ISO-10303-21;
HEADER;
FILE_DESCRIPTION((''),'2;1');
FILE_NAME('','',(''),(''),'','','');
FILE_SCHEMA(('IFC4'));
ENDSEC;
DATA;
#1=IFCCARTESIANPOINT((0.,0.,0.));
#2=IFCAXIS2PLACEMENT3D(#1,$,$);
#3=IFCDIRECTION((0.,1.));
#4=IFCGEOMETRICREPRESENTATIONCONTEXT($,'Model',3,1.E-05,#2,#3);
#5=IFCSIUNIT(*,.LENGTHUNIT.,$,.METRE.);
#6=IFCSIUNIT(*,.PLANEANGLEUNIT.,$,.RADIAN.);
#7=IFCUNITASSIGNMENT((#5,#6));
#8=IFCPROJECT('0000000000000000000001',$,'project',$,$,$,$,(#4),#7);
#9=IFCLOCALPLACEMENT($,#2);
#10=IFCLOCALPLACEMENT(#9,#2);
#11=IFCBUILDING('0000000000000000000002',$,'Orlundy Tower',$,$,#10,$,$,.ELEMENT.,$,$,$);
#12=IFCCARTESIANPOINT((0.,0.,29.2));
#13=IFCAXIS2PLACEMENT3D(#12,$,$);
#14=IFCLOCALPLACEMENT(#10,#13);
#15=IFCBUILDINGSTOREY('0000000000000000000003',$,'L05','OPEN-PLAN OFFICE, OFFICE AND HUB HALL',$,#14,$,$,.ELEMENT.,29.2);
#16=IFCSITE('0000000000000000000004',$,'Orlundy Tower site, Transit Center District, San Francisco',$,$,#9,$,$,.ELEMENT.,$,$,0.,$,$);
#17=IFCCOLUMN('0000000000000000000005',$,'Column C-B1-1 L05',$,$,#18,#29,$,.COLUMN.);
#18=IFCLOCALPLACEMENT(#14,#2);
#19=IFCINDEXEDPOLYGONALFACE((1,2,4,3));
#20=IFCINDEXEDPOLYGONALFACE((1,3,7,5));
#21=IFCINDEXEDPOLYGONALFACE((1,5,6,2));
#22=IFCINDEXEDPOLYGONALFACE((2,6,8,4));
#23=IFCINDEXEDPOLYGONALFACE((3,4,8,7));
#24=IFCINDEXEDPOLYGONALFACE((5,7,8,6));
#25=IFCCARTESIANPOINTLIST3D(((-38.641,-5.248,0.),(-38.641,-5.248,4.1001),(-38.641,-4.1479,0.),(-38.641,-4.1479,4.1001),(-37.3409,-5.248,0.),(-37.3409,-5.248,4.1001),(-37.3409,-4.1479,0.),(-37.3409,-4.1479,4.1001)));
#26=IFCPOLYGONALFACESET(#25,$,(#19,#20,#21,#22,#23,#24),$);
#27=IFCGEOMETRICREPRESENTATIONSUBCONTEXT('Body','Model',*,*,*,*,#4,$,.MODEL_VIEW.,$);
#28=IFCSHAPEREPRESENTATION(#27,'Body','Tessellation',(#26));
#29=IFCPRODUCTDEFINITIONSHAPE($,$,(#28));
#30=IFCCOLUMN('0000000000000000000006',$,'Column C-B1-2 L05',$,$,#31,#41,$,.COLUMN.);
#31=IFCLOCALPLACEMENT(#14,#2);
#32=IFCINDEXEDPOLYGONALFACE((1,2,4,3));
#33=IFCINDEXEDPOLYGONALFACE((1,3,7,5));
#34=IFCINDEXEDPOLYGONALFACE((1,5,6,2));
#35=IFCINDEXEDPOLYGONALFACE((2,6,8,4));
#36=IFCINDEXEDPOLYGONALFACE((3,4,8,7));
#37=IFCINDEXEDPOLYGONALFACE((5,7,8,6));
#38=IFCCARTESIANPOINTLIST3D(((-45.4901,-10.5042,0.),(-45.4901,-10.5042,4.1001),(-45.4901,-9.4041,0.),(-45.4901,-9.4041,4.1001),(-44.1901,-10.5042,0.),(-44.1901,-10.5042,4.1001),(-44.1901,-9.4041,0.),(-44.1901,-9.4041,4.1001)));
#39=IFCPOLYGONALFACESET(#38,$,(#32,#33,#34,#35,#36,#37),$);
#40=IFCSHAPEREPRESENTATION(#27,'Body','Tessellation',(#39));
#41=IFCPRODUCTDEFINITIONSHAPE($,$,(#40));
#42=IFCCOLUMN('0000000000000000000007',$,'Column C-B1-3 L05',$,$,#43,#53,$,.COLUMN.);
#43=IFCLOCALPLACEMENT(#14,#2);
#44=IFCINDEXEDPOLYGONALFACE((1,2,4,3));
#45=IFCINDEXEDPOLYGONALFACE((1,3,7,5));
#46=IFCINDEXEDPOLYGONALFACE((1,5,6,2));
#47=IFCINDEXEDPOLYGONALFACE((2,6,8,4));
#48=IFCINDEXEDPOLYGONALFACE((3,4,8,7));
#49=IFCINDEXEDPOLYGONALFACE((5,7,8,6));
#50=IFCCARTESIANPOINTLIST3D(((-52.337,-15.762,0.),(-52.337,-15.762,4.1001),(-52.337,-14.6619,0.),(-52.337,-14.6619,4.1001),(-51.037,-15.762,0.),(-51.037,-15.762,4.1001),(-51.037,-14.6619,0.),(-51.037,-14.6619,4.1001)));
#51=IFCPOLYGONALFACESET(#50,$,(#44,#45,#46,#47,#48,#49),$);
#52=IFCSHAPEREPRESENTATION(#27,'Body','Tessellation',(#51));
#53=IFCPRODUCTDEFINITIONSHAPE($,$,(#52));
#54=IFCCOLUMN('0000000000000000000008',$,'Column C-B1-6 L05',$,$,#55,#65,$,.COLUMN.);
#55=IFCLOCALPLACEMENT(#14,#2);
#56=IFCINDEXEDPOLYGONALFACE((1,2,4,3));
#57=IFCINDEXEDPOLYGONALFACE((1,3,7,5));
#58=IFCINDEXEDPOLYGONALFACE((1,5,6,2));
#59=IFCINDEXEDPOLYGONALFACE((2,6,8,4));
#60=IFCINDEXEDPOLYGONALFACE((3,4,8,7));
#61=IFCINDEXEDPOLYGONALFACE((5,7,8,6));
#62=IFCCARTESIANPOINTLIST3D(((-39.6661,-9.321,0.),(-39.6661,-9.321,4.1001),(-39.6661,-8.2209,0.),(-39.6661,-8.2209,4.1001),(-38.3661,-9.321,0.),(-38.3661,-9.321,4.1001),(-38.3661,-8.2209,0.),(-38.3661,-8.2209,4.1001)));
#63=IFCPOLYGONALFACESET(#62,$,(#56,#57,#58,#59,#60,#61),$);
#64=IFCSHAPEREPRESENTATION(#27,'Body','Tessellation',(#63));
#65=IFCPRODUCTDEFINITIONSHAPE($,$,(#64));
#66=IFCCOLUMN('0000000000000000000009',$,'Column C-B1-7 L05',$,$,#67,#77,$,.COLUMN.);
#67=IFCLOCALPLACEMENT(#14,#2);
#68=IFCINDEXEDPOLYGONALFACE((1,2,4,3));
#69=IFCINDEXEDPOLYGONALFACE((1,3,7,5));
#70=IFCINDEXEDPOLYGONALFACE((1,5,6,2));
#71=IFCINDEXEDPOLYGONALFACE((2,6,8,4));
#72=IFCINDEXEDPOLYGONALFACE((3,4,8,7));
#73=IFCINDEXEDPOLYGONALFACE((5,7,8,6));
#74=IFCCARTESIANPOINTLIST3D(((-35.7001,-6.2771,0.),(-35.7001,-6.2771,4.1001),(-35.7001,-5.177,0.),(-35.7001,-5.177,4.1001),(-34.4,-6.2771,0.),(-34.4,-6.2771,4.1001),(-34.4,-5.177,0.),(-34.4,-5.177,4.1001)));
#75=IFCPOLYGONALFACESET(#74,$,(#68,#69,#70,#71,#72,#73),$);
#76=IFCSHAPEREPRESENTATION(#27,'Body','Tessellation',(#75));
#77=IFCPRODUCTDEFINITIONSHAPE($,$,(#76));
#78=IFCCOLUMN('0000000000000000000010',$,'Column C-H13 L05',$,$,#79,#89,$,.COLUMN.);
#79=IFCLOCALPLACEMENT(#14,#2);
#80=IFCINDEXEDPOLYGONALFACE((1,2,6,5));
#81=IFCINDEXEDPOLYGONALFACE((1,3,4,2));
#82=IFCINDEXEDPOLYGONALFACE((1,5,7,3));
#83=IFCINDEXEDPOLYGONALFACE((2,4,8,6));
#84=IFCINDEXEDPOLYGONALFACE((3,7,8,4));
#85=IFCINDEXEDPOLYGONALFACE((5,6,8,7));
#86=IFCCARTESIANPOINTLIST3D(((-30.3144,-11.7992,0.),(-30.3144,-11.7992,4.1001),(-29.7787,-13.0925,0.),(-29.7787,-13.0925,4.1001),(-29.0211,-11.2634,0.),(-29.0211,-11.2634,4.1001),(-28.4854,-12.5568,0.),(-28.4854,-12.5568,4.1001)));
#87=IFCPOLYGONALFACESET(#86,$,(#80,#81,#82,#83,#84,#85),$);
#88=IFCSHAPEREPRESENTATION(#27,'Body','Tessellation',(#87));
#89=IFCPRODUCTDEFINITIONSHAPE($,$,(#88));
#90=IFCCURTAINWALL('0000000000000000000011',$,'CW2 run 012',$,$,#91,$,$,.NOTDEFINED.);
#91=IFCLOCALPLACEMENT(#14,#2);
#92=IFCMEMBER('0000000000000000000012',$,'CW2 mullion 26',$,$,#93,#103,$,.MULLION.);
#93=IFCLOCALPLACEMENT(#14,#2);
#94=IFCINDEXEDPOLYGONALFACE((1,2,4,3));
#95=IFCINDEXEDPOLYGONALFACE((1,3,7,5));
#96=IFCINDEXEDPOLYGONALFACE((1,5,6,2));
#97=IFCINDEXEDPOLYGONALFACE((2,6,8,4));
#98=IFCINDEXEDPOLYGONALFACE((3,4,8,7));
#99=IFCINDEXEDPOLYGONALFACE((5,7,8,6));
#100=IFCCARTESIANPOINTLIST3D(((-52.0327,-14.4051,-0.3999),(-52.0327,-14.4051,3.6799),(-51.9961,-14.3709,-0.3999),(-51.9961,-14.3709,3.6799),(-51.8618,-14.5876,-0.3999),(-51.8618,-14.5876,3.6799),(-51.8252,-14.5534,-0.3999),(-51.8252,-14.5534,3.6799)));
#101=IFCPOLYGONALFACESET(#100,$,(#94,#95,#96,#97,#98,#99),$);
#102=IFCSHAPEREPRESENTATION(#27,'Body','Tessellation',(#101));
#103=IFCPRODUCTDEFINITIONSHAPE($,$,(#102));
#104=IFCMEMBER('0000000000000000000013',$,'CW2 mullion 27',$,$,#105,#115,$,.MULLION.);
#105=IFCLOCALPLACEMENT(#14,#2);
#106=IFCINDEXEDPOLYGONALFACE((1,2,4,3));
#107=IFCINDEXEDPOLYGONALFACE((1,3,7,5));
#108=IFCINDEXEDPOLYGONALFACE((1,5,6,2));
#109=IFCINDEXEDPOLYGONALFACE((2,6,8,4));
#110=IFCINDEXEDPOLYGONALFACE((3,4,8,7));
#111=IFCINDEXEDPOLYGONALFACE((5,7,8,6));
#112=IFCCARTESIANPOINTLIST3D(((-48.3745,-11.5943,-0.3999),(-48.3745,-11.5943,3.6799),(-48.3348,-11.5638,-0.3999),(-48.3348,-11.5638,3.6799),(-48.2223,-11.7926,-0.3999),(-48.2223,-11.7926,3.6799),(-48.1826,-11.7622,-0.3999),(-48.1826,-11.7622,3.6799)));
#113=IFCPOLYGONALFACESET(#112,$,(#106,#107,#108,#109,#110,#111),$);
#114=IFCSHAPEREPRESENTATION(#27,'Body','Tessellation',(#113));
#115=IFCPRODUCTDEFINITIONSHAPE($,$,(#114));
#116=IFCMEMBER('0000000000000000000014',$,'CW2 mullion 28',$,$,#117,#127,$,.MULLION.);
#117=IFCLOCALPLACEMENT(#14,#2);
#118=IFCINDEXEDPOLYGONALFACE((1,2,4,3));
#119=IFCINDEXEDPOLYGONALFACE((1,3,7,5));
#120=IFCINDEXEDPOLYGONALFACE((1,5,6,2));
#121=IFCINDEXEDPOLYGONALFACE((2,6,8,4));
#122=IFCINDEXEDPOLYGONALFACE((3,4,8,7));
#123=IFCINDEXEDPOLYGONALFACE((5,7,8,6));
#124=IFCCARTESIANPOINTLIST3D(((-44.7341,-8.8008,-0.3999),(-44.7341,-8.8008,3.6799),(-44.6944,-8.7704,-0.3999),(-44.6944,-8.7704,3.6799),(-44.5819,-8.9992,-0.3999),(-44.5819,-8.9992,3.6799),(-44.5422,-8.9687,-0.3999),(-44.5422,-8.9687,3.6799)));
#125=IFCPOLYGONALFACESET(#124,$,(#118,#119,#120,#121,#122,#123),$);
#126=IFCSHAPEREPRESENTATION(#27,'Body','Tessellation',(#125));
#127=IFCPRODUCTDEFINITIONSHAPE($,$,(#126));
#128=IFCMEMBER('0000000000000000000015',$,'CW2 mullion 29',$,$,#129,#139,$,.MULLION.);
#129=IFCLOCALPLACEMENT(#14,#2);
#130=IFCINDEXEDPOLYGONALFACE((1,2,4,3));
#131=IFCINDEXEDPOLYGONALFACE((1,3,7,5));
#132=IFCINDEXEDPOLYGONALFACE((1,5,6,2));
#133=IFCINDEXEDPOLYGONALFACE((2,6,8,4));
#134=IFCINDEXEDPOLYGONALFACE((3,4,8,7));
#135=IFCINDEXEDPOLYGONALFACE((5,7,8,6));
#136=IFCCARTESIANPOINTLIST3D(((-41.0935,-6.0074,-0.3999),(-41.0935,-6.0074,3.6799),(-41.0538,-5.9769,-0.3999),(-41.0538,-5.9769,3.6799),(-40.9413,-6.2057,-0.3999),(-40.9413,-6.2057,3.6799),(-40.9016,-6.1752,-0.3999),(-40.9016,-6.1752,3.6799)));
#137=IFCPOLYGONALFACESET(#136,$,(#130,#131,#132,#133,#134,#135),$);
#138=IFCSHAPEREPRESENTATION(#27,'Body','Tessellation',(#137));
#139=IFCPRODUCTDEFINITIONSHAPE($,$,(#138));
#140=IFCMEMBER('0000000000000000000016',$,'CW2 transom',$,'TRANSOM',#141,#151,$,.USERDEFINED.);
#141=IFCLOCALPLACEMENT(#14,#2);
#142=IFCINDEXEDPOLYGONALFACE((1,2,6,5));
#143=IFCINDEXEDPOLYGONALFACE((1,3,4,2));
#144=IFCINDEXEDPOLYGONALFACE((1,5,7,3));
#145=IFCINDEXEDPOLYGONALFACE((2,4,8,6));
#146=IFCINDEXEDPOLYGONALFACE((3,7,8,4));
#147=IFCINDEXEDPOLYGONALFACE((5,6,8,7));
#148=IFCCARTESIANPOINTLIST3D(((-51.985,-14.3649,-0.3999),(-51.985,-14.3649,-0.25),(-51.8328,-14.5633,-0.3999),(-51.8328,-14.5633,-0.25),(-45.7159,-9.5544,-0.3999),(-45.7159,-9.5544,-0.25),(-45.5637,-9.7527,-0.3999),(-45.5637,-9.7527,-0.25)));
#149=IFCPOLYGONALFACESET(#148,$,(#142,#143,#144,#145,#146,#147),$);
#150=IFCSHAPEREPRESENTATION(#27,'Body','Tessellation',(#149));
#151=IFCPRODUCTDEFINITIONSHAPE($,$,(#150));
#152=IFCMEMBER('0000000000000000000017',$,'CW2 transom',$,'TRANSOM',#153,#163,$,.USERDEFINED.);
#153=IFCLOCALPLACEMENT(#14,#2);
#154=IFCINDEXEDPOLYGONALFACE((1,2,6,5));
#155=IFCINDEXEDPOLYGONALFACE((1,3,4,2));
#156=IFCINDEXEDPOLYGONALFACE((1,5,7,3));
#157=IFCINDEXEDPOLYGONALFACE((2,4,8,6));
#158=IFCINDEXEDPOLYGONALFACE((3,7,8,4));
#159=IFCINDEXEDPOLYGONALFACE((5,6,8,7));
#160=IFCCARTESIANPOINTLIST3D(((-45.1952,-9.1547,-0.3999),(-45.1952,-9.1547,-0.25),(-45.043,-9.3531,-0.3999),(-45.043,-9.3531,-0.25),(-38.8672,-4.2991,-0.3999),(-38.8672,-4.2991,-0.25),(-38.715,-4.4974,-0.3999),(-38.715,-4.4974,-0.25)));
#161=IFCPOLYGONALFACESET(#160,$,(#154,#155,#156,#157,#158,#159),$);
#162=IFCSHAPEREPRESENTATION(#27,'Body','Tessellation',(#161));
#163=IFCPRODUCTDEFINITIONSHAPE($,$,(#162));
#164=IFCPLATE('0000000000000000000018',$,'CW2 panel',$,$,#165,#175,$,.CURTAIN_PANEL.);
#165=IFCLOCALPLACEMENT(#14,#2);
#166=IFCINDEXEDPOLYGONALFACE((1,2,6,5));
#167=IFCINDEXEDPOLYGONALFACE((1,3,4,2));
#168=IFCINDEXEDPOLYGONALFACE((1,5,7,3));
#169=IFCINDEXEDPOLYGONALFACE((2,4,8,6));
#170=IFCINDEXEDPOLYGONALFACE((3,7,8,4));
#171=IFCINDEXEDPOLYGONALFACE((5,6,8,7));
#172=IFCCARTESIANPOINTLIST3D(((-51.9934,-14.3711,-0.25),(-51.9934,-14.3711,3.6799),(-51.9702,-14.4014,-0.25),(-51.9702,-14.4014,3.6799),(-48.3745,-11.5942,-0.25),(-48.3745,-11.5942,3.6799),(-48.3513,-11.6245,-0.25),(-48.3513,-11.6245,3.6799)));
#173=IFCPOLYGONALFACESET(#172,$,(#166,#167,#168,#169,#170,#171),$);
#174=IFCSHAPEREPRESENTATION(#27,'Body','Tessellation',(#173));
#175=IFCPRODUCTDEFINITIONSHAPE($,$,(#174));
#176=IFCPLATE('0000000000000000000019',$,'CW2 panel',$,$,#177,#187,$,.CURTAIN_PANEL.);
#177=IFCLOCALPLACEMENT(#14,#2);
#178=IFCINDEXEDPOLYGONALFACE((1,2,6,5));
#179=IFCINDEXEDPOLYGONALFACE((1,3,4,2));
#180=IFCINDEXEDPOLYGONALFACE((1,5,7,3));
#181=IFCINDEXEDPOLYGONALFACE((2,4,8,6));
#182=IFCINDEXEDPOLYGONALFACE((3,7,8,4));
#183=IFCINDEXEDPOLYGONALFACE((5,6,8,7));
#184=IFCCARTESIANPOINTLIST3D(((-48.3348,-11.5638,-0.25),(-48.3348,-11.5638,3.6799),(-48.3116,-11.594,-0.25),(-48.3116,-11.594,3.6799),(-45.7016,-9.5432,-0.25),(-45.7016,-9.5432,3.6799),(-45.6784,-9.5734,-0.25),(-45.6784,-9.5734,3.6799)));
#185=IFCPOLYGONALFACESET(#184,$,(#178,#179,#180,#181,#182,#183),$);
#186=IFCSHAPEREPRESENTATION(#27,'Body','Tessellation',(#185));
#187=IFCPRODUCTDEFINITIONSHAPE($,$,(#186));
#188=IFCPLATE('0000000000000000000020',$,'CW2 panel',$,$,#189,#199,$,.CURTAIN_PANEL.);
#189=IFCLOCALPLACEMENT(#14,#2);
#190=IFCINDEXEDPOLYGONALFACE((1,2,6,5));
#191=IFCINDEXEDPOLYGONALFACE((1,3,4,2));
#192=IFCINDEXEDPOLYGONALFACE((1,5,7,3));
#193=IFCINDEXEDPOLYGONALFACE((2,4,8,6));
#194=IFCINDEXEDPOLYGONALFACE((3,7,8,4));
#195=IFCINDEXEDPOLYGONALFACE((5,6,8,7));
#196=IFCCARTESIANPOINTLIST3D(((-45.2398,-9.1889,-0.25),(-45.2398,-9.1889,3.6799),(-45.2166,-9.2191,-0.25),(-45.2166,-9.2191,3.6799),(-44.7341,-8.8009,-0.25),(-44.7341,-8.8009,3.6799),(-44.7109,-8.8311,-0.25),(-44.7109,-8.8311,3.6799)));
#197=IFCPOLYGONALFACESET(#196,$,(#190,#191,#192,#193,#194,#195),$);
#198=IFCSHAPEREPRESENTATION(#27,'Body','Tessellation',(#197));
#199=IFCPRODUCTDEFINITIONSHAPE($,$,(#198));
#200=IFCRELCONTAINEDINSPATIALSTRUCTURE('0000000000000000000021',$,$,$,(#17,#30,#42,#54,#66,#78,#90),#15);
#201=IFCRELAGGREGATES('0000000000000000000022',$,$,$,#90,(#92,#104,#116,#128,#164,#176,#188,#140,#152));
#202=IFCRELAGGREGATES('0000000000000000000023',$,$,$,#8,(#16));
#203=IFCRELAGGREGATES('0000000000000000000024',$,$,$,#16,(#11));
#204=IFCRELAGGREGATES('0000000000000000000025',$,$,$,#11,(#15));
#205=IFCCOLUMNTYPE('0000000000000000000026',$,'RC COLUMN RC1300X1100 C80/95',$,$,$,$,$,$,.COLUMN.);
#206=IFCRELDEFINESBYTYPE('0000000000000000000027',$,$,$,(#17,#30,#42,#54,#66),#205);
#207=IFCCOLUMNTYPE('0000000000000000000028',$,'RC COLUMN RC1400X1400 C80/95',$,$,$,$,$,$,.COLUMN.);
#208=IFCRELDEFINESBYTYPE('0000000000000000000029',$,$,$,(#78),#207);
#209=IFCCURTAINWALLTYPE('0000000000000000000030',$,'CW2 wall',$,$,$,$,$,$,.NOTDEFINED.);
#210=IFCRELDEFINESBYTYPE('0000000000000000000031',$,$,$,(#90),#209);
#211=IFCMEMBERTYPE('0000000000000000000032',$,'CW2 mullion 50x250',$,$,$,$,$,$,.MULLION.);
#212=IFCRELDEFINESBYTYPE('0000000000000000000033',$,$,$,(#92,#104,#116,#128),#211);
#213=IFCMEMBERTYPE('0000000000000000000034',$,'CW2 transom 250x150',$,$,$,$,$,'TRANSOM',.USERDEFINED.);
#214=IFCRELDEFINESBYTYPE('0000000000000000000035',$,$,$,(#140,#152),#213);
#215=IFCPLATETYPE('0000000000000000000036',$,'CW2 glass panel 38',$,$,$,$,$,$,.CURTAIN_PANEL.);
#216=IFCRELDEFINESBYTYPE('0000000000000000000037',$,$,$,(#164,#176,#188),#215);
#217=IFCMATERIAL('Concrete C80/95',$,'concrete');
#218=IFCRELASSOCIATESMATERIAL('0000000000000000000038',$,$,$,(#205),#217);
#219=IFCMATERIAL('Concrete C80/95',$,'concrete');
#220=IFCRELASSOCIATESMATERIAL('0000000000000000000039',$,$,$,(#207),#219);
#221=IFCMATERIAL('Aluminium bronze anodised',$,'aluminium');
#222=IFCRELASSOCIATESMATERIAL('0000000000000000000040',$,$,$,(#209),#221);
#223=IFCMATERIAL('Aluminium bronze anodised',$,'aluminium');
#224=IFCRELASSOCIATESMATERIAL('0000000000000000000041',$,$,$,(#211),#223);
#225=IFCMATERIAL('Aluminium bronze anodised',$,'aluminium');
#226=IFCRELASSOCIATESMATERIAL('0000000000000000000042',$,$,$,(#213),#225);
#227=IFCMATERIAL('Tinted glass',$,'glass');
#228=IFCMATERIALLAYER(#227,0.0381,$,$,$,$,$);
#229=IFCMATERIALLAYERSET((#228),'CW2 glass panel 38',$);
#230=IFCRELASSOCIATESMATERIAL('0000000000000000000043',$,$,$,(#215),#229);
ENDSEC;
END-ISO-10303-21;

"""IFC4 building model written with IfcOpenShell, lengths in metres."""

from ifc_helpers import new_model, si_unit, direction, frame, origin, origin_2d, place, context, subcontext, project, spatial, rectangle, extrude, material, layer, layer_set, material_profile, profile_set, type_object, element, aggregate, save


model = new_model("IFC4")

# Units and contexts
model_context = context("Model", 3, precision=1e-05, world=origin(), true_north=direction((0.0, 1.0)))
body_context = subcontext(model_context, "Body", "Model", "MODEL_VIEW")
ifc_project = project(units=[si_unit("LENGTHUNIT", "METRE"), si_unit("PLANEANGLEUNIT", "RADIAN")], contexts=[model_context])

# Site, building, storey
site_placement = place(None, origin())
site = spatial("IfcSite", under=ifc_project, at=site_placement, Name="Orlundy Tower site, Transit Center District, San Francisco", CompositionType="ELEMENT", RefElevation=0.0)
building_placement = place(site_placement, origin())
building = spatial("IfcBuilding", under=site, at=building_placement, Name="Orlundy Tower", CompositionType="ELEMENT")
storey_placement = place(building_placement, frame((0.0, 0.0, 29.2)))
storey = spatial("IfcBuildingStorey", under=building, at=storey_placement, Name="L05", Description="OPEN-PLAN OFFICE, OFFICE AND HUB HALL", CompositionType="ELEMENT", Elevation=29.2)

# Columns
ifc_material_1 = material(Name="Concrete C80/95", Category="concrete")
ifc_material_profile_1 = material_profile(ifc_material_1, rectangle(XDim=1.3, YDim=1.1001, at=origin_2d()), Name="RC1300X1100")
ifc_profile_set_1 = profile_set([ifc_material_profile_1], Name="Concrete C80/95")
column_type_1 = type_object("IfcColumnType", Name="RC COLUMN RC1300X1100 C80/95", PredefinedType="COLUMN", material=ifc_profile_set_1)
for number, where, z_axis, x_axis, name in (
    (1, (-37.991, -4.698, 0.0), (0.0, 0.0, 1.0), (1.0, 0.0, 0.0), "Column C-B1-1 L05"),
    (2, (-44.8401, -9.9541, 0.0), (0.0, 0.0, 1.0), (1.0, 0.0, 0.0), "Column C-B1-2 L05"),
    (3, (-51.687, -15.2119, 0.0), (0.0, 0.0, 1.0), (1.0, 0.0, 0.0), "Column C-B1-3 L05"),
    (4, (-39.0161, -8.771, 0.0), (0.0, 0.0, 1.0), (1.0, 0.0, 0.0), "Column C-B1-6 L05"),
    (5, (-35.05, -5.7271, 0.0), (0.0, 0.0, 1.0), (1.0, 0.0, 0.0), "Column C-B1-7 L05"),
):
    element("IfcColumn", number, at=place(storey_placement, frame(where, z_axis=z_axis, x_axis=x_axis)), inside=storey, type_object=column_type_1, Name=name, PredefinedType="COLUMN", context=body_context, shape_type="SweptSolid", body=[
        extrude(rectangle(XDim=1.3, YDim=1.1001, at=origin_2d()), origin(), (0.0, 0.0, 1.0), 4.1001),
    ])
ifc_material_2 = material(Name="Concrete C80/95", Category="concrete")
ifc_material_profile_2 = material_profile(ifc_material_2, rectangle(XDim=1.3999, YDim=1.3999, at=origin_2d()), Name="RC1400X1400")
ifc_profile_set_2 = profile_set([ifc_material_profile_2], Name="Concrete C80/95")
column_type_2 = type_object("IfcColumnType", Name="RC COLUMN RC1400X1400 C80/95", PredefinedType="COLUMN", material=ifc_profile_set_2)
column_placement = place(storey_placement, frame((-29.3999, -12.178, 0.0), z_axis=(0.0, 0.0, 1.0), x_axis=(-0.92388, -0.382683, 0.0)))
element("IfcColumn", 6, at=column_placement, inside=storey, type_object=column_type_2, Name="Column C-H13 L05", PredefinedType="COLUMN", context=body_context, shape_type="SweptSolid", body=[
    extrude(rectangle(XDim=1.3999, YDim=1.3999, at=origin_2d()), origin(), (0.0, 0.0, 1.0), 4.1001),
])

# Curtain wall, members, plates
ifc_material_3 = material(Name="Aluminium bronze anodised", Category="aluminium")
curtain_wall_type = type_object("IfcCurtainWallType", Name="CW2 wall", PredefinedType="NOTDEFINED", material=ifc_material_3)
curtain_wall_placement = place(storey_placement, origin())
curtain_wall = element("IfcCurtainWall", 7, at=curtain_wall_placement, inside=storey, type_object=curtain_wall_type, Name="CW2 run 012", PredefinedType="NOTDEFINED")
ifc_material_4 = material(Name="Aluminium bronze anodised", Category="aluminium")
ifc_material_profile_3 = material_profile(ifc_material_4, rectangle(XDim=0.25, YDim=0.05, at=origin_2d()), Name="CW2 mullion 50x250")
ifc_profile_set_3 = profile_set([ifc_material_profile_3], Name="Aluminium bronze anodised")
member_type_1 = type_object("IfcMemberType", Name="CW2 mullion 50x250", PredefinedType="MULLION", material=ifc_profile_set_3)
member_1_placement = place(storey_placement, frame((-51.929, -14.4792, -0.3999), z_axis=(0.0, 0.0, 1.0), x_axis=(-0.683605, 0.729852, 0.0)))
member_1 = element("IfcMember", 8, at=member_1_placement, type_object=member_type_1, Name="CW2 mullion 26", PredefinedType="MULLION", context=body_context, shape_type="SweptSolid", body=[
    extrude(rectangle(XDim=0.25, YDim=0.05, at=origin_2d()), origin(), (0.0, 0.0, 1.0), 4.0798),
])
member_2_placement = place(storey_placement, frame((-48.2786, -11.6782, -0.3999), z_axis=(0.0, 0.0, 1.0), x_axis=(-0.608768, 0.793348, 0.0)))
member_2 = element("IfcMember", 9, at=member_2_placement, type_object=member_type_1, Name="CW2 mullion 27", PredefinedType="MULLION", context=body_context, shape_type="SweptSolid", body=[
    extrude(rectangle(XDim=0.25, YDim=0.05, at=origin_2d()), origin(), (0.0, 0.0, 1.0), 4.0798),
])
member_3_placement = place(storey_placement, frame((-44.6382, -8.8848, -0.3999), z_axis=(0.0, 0.0, 1.0), x_axis=(-0.608768, 0.793348, 0.0)))
member_3 = element("IfcMember", 10, at=member_3_placement, type_object=member_type_1, Name="CW2 mullion 28", PredefinedType="MULLION", context=body_context, shape_type="SweptSolid", body=[
    extrude(rectangle(XDim=0.25, YDim=0.05, at=origin_2d()), origin(), (0.0, 0.0, 1.0), 4.0798),
])
member_4_placement = place(storey_placement, frame((-40.9976, -6.0913, -0.3999), z_axis=(0.0, 0.0, 1.0), x_axis=(-0.608768, 0.793348, 0.0)))
member_4 = element("IfcMember", 11, at=member_4_placement, type_object=member_type_1, Name="CW2 mullion 29", PredefinedType="MULLION", context=body_context, shape_type="SweptSolid", body=[
    extrude(rectangle(XDim=0.25, YDim=0.05, at=origin_2d()), origin(), (0.0, 0.0, 1.0), 4.0798),
])
ifc_material_5 = material(Name="Aluminium bronze anodised", Category="aluminium")
ifc_material_profile_4 = material_profile(ifc_material_5, rectangle(XDim=0.25, YDim=0.1499, at=origin_2d()), Name="CW2 transom 250x150")
ifc_profile_set_4 = profile_set([ifc_material_profile_4], Name="Aluminium bronze anodised")
member_type_2 = type_object("IfcMemberType", Name="CW2 transom 250x150", ElementType="TRANSOM", PredefinedType="USERDEFINED", material=ifc_profile_set_4)
member_5_placement = place(storey_placement, frame((-51.9089, -14.4641, -0.325), z_axis=(0.793345, 0.608773, 0.0), x_axis=(-0.608773, 0.793345, 0.0)))
member_5 = element("IfcMember", 12, at=member_5_placement, type_object=member_type_2, Name="CW2 transom", ObjectType="TRANSOM", PredefinedType="USERDEFINED", context=body_context, shape_type="SweptSolid", body=[
    extrude(rectangle(XDim=0.25, YDim=0.1499, at=origin_2d()), origin(), (0.0, 0.0, 1.0), 7.9021),
])
member_6_placement = place(storey_placement, frame((-45.1191, -9.2539, -0.325), z_axis=(0.793355, 0.608759, 0.0), x_axis=(-0.608759, 0.793355, 0.0)))
member_6 = element("IfcMember", 13, at=member_6_placement, type_object=member_type_2, Name="CW2 transom", ObjectType="TRANSOM", PredefinedType="USERDEFINED", context=body_context, shape_type="SweptSolid", body=[
    extrude(rectangle(XDim=0.25, YDim=0.1499, at=origin_2d()), origin(), (0.0, 0.0, 1.0), 7.9763),
])
ifc_material_6 = material(Name="Tinted glass", Category="glass")
ifc_layer_1 = layer(ifc_material_6, 0.0381)
ifc_layer_set_1 = layer_set([ifc_layer_1], Name="CW2 glass panel 38")
plate_type = type_object("IfcPlateType", Name="CW2 glass panel 38", PredefinedType="CURTAIN_PANEL", material=ifc_layer_set_1)
plate_1_placement = place(storey_placement, frame((-50.1724, -12.9978, -0.25), z_axis=(0.0, 0.0, 1.0), x_axis=(0.793348, 0.608768, 0.0)))
plate_1 = element("IfcPlate", 14, at=plate_1_placement, type_object=plate_type, Name="CW2 panel", PredefinedType="CURTAIN_PANEL", context=body_context, shape_type="SweptSolid", body=[
    extrude(rectangle(XDim=4.5615, YDim=0.0381, at=origin_2d()), origin(), (0.0, 0.0, 1.0), 3.9299),
])
plate_2_placement = place(storey_placement, frame((-47.0066, -10.5686, -0.25), z_axis=(0.0, 0.0, 1.0), x_axis=(0.793348, 0.608768, 0.0)))
plate_2 = element("IfcPlate", 15, at=plate_2_placement, type_object=plate_type, Name="CW2 panel", PredefinedType="CURTAIN_PANEL", context=body_context, shape_type="SweptSolid", body=[
    extrude(rectangle(XDim=3.3191, YDim=0.0381, at=origin_2d()), origin(), (0.0, 0.0, 1.0), 3.9299),
])
plate_3_placement = place(storey_placement, frame((-44.9753, -9.01, -0.25), z_axis=(0.0, 0.0, 1.0), x_axis=(0.793348, 0.608768, 0.0)))
plate_3 = element("IfcPlate", 16, at=plate_3_placement, type_object=plate_type, Name="CW2 panel", PredefinedType="CURTAIN_PANEL", context=body_context, shape_type="SweptSolid", body=[
    extrude(rectangle(XDim=0.6375, YDim=0.0381, at=origin_2d()), origin(), (0.0, 0.0, 1.0), 3.9299),
])
aggregate(curtain_wall, [member_1, member_2, member_3, member_4, plate_1, plate_2, plate_3, member_5, member_6])

save(model, "model.ifc")
